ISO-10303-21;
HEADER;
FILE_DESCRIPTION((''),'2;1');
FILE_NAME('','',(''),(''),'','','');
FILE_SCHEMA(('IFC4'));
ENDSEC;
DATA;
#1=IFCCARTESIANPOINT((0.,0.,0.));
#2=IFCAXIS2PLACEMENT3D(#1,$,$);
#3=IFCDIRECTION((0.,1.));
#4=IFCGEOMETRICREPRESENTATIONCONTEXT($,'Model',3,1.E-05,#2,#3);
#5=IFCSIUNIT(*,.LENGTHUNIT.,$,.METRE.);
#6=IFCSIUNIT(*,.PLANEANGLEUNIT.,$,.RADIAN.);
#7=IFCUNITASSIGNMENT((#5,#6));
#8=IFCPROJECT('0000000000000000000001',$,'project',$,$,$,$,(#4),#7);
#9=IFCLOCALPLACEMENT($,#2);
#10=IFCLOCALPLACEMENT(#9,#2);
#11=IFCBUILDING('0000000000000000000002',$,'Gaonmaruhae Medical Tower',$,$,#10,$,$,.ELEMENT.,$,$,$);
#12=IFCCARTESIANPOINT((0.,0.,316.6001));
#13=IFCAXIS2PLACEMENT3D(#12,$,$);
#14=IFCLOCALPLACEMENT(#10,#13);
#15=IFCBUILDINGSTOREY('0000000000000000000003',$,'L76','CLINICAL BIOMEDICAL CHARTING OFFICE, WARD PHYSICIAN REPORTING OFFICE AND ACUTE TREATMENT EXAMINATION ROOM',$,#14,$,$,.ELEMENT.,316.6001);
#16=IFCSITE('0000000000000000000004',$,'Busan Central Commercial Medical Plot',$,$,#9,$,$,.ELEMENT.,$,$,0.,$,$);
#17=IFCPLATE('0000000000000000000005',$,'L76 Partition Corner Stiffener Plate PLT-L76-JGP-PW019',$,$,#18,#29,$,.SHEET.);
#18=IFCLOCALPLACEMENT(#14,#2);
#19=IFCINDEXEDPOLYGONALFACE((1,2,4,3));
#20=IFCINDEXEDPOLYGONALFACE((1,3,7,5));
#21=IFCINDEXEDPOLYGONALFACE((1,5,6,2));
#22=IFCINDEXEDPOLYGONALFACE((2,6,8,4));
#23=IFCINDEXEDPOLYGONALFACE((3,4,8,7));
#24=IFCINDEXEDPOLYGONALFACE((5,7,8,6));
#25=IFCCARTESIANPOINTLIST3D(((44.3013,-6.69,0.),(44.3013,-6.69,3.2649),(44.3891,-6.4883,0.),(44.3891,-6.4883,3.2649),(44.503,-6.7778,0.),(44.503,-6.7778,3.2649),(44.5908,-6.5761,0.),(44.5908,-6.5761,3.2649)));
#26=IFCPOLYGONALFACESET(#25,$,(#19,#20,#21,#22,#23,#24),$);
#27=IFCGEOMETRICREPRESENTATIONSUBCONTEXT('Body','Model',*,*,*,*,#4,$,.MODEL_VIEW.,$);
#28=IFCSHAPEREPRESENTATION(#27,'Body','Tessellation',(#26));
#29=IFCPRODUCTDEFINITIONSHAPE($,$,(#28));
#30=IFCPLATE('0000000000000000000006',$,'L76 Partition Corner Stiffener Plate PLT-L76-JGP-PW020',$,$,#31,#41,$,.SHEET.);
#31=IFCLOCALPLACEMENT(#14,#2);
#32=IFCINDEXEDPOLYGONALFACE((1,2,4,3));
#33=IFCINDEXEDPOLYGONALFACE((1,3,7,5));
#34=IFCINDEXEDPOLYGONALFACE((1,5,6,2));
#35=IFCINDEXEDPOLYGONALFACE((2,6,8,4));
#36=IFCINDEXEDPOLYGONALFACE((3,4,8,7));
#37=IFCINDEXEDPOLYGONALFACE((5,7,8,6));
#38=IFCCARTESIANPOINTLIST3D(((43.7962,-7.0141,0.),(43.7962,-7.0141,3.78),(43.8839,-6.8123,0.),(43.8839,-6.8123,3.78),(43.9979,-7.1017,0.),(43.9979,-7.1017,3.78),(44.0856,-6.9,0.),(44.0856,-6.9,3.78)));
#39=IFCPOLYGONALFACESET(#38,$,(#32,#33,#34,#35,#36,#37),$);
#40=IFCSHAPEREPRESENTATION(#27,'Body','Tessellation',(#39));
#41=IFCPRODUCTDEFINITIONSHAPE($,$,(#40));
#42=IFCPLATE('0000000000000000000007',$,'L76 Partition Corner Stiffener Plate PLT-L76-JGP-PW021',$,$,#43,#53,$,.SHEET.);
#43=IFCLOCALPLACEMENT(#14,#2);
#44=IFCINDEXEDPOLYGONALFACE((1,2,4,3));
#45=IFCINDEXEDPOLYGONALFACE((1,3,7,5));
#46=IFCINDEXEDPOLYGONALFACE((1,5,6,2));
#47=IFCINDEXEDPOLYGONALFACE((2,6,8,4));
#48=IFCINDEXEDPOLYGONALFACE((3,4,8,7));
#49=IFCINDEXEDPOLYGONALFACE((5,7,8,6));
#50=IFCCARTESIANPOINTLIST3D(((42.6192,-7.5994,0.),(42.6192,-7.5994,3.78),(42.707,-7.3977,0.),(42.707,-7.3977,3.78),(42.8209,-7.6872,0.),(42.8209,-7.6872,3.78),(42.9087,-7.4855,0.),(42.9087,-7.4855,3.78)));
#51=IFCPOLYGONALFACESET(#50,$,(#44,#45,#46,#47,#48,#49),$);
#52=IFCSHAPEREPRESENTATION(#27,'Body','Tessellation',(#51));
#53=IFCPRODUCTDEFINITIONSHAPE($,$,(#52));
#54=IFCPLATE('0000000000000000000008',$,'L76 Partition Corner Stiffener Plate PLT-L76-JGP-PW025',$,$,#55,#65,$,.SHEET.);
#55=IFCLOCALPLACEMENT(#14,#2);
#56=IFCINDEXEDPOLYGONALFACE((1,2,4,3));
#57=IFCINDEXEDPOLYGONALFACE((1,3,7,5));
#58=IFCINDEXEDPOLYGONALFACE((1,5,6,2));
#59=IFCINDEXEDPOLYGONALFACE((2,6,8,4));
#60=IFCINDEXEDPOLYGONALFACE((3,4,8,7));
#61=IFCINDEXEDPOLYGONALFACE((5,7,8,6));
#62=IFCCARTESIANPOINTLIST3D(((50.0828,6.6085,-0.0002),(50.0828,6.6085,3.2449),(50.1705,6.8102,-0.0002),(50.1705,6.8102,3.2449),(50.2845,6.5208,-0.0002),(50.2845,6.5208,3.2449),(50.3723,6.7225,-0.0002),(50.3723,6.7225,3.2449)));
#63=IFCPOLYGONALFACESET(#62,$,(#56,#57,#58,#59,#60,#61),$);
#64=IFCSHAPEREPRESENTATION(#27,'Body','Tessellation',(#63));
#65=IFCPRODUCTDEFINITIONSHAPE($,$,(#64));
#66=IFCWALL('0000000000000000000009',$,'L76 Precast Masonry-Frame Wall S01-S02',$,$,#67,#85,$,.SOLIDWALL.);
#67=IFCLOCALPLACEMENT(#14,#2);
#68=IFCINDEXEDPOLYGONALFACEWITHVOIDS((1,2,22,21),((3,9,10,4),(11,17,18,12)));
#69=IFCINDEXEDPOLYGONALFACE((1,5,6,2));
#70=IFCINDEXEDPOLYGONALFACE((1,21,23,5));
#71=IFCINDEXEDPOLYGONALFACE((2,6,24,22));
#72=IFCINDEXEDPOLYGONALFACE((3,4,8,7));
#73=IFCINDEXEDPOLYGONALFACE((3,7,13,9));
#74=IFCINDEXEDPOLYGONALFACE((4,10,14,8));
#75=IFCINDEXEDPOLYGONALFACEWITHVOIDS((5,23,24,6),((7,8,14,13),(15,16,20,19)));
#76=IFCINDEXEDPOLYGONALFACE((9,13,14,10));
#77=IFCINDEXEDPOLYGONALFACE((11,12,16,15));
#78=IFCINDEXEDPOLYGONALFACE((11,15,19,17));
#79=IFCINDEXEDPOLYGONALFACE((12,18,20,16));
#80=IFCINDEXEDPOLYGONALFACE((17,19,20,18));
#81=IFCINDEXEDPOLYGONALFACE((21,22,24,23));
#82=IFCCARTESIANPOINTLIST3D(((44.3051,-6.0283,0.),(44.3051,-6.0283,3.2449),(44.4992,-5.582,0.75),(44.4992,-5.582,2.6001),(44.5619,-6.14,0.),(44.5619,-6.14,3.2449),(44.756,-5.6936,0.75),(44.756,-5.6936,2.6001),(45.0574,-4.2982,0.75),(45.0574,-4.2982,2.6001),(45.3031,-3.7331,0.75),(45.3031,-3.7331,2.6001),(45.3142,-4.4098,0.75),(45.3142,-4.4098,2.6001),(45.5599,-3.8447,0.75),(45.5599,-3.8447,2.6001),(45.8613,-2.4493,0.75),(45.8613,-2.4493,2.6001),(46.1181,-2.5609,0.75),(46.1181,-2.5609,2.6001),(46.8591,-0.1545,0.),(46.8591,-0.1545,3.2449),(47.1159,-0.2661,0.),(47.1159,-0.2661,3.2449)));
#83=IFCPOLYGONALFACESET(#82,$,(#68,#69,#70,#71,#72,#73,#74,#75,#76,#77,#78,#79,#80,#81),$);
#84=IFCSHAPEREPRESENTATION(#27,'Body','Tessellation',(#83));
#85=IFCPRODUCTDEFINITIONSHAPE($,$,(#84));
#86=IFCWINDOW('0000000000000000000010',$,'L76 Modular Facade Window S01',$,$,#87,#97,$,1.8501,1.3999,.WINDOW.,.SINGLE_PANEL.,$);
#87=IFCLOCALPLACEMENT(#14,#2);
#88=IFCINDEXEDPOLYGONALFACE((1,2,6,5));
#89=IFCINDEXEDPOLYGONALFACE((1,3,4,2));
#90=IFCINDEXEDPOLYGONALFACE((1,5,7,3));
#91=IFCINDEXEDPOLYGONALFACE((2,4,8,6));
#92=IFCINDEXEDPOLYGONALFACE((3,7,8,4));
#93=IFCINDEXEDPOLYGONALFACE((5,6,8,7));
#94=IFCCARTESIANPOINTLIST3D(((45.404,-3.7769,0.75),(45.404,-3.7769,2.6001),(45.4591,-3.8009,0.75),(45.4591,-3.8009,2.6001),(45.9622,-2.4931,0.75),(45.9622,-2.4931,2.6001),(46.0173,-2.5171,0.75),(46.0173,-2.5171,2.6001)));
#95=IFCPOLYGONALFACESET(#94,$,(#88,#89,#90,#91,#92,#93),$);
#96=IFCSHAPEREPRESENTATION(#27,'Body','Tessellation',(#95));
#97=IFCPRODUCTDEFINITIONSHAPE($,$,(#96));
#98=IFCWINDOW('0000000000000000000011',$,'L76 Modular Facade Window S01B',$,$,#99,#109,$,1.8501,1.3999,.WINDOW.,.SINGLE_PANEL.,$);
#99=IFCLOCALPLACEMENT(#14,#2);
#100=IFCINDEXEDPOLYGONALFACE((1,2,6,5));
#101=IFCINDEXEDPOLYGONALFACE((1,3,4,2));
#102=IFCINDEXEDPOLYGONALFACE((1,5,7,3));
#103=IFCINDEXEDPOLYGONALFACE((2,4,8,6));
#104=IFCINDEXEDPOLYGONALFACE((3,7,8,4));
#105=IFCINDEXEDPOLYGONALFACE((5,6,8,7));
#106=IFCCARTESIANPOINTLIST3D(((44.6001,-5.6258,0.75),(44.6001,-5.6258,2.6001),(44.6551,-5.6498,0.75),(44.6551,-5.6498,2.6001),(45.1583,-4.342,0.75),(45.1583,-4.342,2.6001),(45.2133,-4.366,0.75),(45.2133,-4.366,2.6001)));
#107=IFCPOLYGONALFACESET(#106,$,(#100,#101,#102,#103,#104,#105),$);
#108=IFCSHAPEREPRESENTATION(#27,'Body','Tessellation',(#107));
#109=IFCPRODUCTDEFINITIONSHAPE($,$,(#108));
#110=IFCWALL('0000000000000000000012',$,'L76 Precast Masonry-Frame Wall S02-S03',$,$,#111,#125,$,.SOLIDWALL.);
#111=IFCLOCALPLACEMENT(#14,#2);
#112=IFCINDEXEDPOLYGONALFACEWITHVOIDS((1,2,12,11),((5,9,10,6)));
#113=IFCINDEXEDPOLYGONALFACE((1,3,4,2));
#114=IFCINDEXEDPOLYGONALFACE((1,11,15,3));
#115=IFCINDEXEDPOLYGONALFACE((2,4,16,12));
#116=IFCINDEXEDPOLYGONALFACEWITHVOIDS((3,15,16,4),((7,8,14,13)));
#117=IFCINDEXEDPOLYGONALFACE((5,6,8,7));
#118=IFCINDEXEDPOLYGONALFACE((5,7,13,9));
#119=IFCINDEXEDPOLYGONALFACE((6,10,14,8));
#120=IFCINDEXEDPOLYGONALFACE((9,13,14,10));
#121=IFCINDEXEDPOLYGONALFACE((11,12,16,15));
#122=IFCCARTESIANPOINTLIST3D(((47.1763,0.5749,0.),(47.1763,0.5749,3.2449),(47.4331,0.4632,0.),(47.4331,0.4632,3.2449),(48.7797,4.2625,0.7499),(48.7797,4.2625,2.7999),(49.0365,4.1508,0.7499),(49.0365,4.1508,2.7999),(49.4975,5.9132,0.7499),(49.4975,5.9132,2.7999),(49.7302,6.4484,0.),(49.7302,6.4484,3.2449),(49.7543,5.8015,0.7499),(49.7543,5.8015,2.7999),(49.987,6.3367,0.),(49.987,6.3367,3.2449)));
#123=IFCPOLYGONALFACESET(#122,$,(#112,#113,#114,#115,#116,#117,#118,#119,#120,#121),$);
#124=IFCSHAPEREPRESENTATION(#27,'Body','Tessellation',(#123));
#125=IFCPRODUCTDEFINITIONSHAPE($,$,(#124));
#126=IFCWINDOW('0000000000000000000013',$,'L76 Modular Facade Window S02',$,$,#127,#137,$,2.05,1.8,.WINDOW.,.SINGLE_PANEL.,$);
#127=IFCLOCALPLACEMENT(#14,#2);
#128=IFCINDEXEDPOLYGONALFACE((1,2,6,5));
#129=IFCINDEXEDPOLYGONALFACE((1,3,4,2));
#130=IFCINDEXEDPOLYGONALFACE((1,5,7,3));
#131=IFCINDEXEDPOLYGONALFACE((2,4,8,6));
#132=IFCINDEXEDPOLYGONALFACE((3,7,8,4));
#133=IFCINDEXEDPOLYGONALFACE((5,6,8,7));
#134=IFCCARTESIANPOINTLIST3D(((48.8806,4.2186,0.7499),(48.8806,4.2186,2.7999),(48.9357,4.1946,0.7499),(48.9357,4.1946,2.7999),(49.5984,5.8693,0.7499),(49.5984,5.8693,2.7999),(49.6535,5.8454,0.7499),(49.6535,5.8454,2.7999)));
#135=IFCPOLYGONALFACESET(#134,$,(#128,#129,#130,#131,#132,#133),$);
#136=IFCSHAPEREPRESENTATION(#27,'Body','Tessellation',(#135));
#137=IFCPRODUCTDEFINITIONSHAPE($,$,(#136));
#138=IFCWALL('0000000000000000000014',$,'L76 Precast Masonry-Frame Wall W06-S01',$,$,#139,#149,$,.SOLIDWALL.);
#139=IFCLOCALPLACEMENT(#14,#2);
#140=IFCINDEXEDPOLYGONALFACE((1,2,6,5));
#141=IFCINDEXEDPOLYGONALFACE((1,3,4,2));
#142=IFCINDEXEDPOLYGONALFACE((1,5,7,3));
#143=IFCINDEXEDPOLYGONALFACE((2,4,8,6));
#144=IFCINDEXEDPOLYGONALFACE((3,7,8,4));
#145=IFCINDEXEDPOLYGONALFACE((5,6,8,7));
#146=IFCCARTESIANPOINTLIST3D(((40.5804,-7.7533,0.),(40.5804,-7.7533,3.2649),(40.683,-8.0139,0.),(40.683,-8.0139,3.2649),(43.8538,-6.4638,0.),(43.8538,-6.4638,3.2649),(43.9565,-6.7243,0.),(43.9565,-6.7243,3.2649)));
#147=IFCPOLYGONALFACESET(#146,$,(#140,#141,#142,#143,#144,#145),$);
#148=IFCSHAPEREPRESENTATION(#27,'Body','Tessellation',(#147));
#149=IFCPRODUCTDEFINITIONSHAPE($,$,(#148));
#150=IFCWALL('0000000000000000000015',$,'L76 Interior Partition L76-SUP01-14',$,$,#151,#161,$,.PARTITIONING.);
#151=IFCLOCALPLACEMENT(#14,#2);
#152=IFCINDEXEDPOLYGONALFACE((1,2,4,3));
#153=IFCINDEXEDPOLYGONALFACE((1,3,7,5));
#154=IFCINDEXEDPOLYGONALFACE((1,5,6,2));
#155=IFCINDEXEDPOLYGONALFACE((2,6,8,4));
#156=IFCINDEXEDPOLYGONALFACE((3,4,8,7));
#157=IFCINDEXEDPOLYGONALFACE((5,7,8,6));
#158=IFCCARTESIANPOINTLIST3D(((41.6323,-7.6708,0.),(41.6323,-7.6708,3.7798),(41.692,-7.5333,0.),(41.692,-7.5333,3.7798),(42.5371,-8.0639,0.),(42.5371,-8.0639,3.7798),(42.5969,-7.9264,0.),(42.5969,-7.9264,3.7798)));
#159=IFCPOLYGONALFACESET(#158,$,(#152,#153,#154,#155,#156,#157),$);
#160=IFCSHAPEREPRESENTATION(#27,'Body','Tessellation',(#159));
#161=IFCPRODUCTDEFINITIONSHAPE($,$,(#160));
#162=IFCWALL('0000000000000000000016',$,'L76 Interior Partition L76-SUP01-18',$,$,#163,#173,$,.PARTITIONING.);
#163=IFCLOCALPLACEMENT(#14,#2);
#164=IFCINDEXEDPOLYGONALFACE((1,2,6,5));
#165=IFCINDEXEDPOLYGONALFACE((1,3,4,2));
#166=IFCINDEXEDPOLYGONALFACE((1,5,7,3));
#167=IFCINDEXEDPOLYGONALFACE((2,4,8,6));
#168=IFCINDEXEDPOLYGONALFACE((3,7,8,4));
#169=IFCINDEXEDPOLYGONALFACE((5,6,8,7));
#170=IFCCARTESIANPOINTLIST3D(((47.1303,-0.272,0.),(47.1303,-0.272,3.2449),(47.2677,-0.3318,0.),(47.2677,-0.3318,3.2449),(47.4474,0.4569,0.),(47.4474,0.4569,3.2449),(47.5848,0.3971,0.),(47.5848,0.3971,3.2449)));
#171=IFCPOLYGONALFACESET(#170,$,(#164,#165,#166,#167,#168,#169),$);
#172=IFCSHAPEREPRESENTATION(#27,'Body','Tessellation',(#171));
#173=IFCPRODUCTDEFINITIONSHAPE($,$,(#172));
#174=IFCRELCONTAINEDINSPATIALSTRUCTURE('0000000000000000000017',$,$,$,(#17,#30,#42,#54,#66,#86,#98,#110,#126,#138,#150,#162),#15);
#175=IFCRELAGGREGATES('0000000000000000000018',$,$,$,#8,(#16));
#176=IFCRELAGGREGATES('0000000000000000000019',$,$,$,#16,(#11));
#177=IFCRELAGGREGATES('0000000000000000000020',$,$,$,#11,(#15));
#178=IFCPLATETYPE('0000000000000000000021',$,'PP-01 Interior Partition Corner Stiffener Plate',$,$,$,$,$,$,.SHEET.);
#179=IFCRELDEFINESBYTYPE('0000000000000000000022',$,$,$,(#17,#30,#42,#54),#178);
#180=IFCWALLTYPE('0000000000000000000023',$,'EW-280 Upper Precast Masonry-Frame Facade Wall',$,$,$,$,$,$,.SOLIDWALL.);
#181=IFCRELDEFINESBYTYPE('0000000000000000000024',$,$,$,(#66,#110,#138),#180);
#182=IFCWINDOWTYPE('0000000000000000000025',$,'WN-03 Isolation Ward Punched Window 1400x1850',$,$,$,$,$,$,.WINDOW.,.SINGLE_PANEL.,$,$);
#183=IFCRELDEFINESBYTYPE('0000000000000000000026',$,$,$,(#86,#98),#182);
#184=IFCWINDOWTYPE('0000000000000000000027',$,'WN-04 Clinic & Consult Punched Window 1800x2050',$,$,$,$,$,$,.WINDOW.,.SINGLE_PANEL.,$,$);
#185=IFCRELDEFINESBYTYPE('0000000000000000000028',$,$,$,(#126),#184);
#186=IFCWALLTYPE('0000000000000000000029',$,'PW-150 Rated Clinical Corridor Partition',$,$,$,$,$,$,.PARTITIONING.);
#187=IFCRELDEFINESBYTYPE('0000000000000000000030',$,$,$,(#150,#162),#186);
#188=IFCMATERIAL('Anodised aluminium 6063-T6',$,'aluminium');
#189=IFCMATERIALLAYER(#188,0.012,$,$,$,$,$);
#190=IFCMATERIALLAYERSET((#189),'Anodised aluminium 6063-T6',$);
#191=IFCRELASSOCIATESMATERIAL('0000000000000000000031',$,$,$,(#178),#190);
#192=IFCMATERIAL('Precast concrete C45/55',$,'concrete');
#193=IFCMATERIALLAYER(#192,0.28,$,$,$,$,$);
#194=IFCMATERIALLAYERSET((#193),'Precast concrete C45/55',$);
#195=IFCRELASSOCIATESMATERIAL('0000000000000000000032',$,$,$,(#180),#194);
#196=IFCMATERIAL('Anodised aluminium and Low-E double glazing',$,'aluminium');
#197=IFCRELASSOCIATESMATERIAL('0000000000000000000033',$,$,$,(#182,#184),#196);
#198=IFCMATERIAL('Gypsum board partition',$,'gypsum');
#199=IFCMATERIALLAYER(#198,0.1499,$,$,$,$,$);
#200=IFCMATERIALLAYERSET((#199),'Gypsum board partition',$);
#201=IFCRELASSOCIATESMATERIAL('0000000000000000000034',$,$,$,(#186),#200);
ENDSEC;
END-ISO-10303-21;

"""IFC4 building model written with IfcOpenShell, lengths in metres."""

from ifc_helpers import new_model, si_unit, direction, frame, frame_2d, origin, origin_2d, place, context, subcontext, project, spatial, rectangle, extrude, material, layer, layer_set, type_object, element, fill, save


model = new_model("IFC4")

# Units and contexts
model_context = context("Model", 3, precision=1e-05, world=origin(), true_north=direction((0.0, 1.0)))
body_context = subcontext(model_context, "Body", "Model", "MODEL_VIEW")
ifc_project = project(units=[si_unit("LENGTHUNIT", "METRE"), si_unit("PLANEANGLEUNIT", "RADIAN")], contexts=[model_context])

# Site, building, storey
site_placement = place(None, origin())
site = spatial("IfcSite", under=ifc_project, at=site_placement, Name="Busan Central Commercial Medical Plot", CompositionType="ELEMENT", RefElevation=0.0)
building_placement = place(site_placement, origin())
building = spatial("IfcBuilding", under=site, at=building_placement, Name="Gaonmaruhae Medical Tower", CompositionType="ELEMENT")
storey_placement = place(building_placement, frame((0.0, 0.0, 316.6001)))
storey = spatial("IfcBuildingStorey", under=building, at=storey_placement, Name="L76", Description="CLINICAL BIOMEDICAL CHARTING OFFICE, WARD PHYSICIAN REPORTING OFFICE AND ACUTE TREATMENT EXAMINATION ROOM", CompositionType="ELEMENT", Elevation=316.6001)

# Plates
ifc_material_1 = material(Name="Anodised aluminium 6063-T6", Category="aluminium")
ifc_layer_1 = layer(ifc_material_1, 0.012)
ifc_layer_set_1 = layer_set([ifc_layer_1], Name="Anodised aluminium 6063-T6")
plate_type = type_object("IfcPlateType", Name="PP-01 Interior Partition Corner Stiffener Plate", PredefinedType="SHEET", material=ifc_layer_set_1)
plate_1_placement = place(storey_placement, frame((44.446, -6.6331, 0.0), z_axis=(0.0, 0.0, 1.0), x_axis=(-0.399245, -0.916844, 0.0)))
element("IfcPlate", 1, at=plate_1_placement, inside=storey, type_object=plate_type, Name="L76 Partition Corner Stiffener Plate PLT-L76-JGP-PW019", PredefinedType="SHEET", context=body_context, shape_type="SweptSolid", body=[
    extrude(rectangle(XDim=0.22, YDim=0.22, at=origin_2d()), origin(), (0.0, 0.0, 1.0), 3.2649),
])
for number, where, z_axis, x_axis, name in (
    (2, (43.9409, -6.957, 0.0), (0.0, 0.0, 1.0), (-0.917116, 0.398621, 0.0), "L76 Partition Corner Stiffener Plate PLT-L76-JGP-PW020"),
    (3, (42.7639, -7.5425, 0.0), (0.0, 0.0, 1.0), (-0.399165, -0.916879, 0.0), "L76 Partition Corner Stiffener Plate PLT-L76-JGP-PW021"),
):
    element("IfcPlate", number, at=place(storey_placement, frame(where, z_axis=z_axis, x_axis=x_axis)), inside=storey, type_object=plate_type, Name=name, PredefinedType="SHEET", context=body_context, shape_type="SweptSolid", body=[
        extrude(rectangle(XDim=0.22, YDim=0.22, at=origin_2d()), origin(), (0.0, 0.0, 1.0), 3.78),
    ])
plate_2_placement = place(storey_placement, frame((50.2275, 6.6655, -0.0002), z_axis=(0.0, 0.0, 1.0), x_axis=(-0.398765, -0.917053, 0.0)))
element("IfcPlate", 4, at=plate_2_placement, inside=storey, type_object=plate_type, Name="L76 Partition Corner Stiffener Plate PLT-L76-JGP-PW025", PredefinedType="SHEET", context=body_context, shape_type="SweptSolid", body=[
    extrude(rectangle(XDim=0.22, YDim=0.22, at=origin_2d()), origin(), (0.0, 0.0, 1.0), 3.2451),
])

# Wall, openings, windows
ifc_material_2 = material(Name="Precast concrete C45/55", Category="concrete")
ifc_layer_2 = layer(ifc_material_2, 0.28)
ifc_layer_set_2 = layer_set([ifc_layer_2], Name="Precast concrete C45/55")
wall_type_1 = type_object("IfcWallType", Name="EW-280 Upper Precast Masonry-Frame Facade Wall", PredefinedType="SOLIDWALL", material=ifc_layer_set_2)
wall_1_placement = place(storey_placement, frame((46.9875, -0.2102, 0.0), z_axis=(0.0, 0.0, 1.0), x_axis=(-0.398744, -0.917062, 0.0)))
wall_1 = element("IfcWall", 5, at=wall_1_placement, inside=storey, type_object=wall_type_1, Name="L76 Precast Masonry-Frame Wall S01-S02", PredefinedType="SOLIDWALL", context=body_context, shape_type="SweptSolid", body=[
    extrude(rectangle(XDim=6.405, YDim=0.28, at=frame_2d((3.2026, 0.0))), origin(), (0.0, 0.0, 1.0), 3.2449),
])
opening_1_placement = place(wall_1_placement, frame((2.5024, 0.0, 0.75)))
opening_1 = element("IfcOpeningElement", 6, at=opening_1_placement, cuts=wall_1, PredefinedType="OPENING", context=body_context, shape_type="SweptSolid", body=[
    extrude(rectangle(XDim=1.3999, YDim=1.8501, at=frame_2d((0.7, 0.925))), frame((0.0, 0.1499, 0.0), z_axis=(0.0, -1.0, 0.0), x_axis=(1.0, 0.0, 0.0)), (0.0, 0.0, 1.0), 0.3),
])
opening_2_placement = place(wall_1_placement, frame((4.5186, 0.0, 0.75)))
opening_2 = element("IfcOpeningElement", 7, at=opening_2_placement, cuts=wall_1, PredefinedType="OPENING", context=body_context, shape_type="SweptSolid", body=[
    extrude(rectangle(XDim=1.3999, YDim=1.8501, at=frame_2d((0.7, 0.925))), frame((0.0, 0.1499, 0.0), z_axis=(0.0, -1.0, 0.0), x_axis=(1.0, 0.0, 0.0)), (0.0, 0.0, 1.0), 0.3),
])
ifc_material_3 = material(Name="Anodised aluminium and Low-E double glazing", Category="aluminium")
window_type_1 = type_object("IfcWindowType", Name="WN-03 Isolation Ward Punched Window 1400x1850", PartitioningType="SINGLE_PANEL", PredefinedType="WINDOW", material=ifc_material_3)
window_1_placement = place(opening_1_placement, origin())
window_1 = element("IfcWindow", 8, at=window_1_placement, inside=storey, type_object=window_type_1, Name="L76 Modular Facade Window S01", OverallHeight=1.8501, OverallWidth=1.3999, PartitioningType="SINGLE_PANEL", PredefinedType="WINDOW", context=body_context, shape_type="SweptSolid", body=[
    extrude(rectangle(XDim=1.3999, YDim=1.8501, at=frame_2d((0.7, 0.925))), frame((0.0, 0.03, 0.0), z_axis=(0.0, -1.0, 0.0), x_axis=(1.0, 0.0, 0.0)), (0.0, 0.0, 1.0), 0.0601),
])
fill(opening_1, window_1)
window_2_placement = place(opening_2_placement, origin())
window_2 = element("IfcWindow", 9, at=window_2_placement, inside=storey, type_object=window_type_1, Name="L76 Modular Facade Window S01B", OverallHeight=1.8501, OverallWidth=1.3999, PartitioningType="SINGLE_PANEL", PredefinedType="WINDOW", context=body_context, shape_type="SweptSolid", body=[
    extrude(rectangle(XDim=1.3999, YDim=1.8501, at=frame_2d((0.7, 0.925))), frame((0.0, 0.03, 0.0), z_axis=(0.0, -1.0, 0.0), x_axis=(1.0, 0.0, 0.0)), (0.0, 0.0, 1.0), 0.0601),
])
fill(opening_2, window_2)

# Wall, opening, window
wall_2_placement = place(storey_placement, frame((49.8586, 6.3926, 0.0), z_axis=(0.0, 0.0, 1.0), x_axis=(-0.398758, -0.917056, 0.0)))
wall_2 = element("IfcWall", 10, at=wall_2_placement, inside=storey, type_object=wall_type_1, Name="L76 Precast Masonry-Frame Wall S02-S03", PredefinedType="SOLIDWALL", context=body_context, shape_type="SweptSolid", body=[
    extrude(rectangle(XDim=6.4048, YDim=0.28, at=frame_2d((3.2024, 0.0))), origin(), (0.0, 0.0, 1.0), 3.2449),
])
opening_3_placement = place(wall_2_placement, frame((0.5837, 0.0, 0.75)))
opening_3 = element("IfcOpeningElement", 11, at=opening_3_placement, cuts=wall_2, PredefinedType="OPENING", context=body_context, shape_type="SweptSolid", body=[
    extrude(rectangle(XDim=1.8, YDim=2.05, at=frame_2d((0.8999, 1.0249))), frame((0.0, 0.1499, 0.0), z_axis=(0.0, -1.0, 0.0), x_axis=(1.0, 0.0, 0.0)), (0.0, 0.0, 1.0), 0.3),
])
window_type_2 = type_object("IfcWindowType", Name="WN-04 Clinic & Consult Punched Window 1800x2050", PartitioningType="SINGLE_PANEL", PredefinedType="WINDOW", material=ifc_material_3)
window_3_placement = place(opening_3_placement, origin())
window_3 = element("IfcWindow", 12, at=window_3_placement, inside=storey, type_object=window_type_2, Name="L76 Modular Facade Window S02", OverallHeight=2.05, OverallWidth=1.8, PartitioningType="SINGLE_PANEL", PredefinedType="WINDOW", context=body_context, shape_type="SweptSolid", body=[
    extrude(rectangle(XDim=1.8, YDim=2.05, at=frame_2d((0.8999, 1.0249))), frame((0.0, 0.03, 0.0), z_axis=(0.0, -1.0, 0.0), x_axis=(1.0, 0.0, 0.0)), (0.0, 0.0, 1.0), 0.0601),
])
fill(opening_3, window_3)

# Walls
wall_3_placement = place(storey_placement, frame((43.9053, -6.594, 0.0), z_axis=(0.0, 0.0, 1.0), x_axis=(-0.930407, -0.366528, 0.0)))
element("IfcWall", 13, at=wall_3_placement, inside=storey, type_object=wall_type_1, Name="L76 Precast Masonry-Frame Wall W06-S01", PredefinedType="SOLIDWALL", context=body_context, shape_type="SweptSolid", body=[
    extrude(rectangle(XDim=3.5183, YDim=0.28, at=frame_2d((1.7593, 0.0))), origin(), (0.0, 0.0, 1.0), 3.2649),
])
ifc_material_4 = material(Name="Gypsum board partition", Category="gypsum")
ifc_layer_3 = layer(ifc_material_4, 0.1499)
ifc_layer_set_3 = layer_set([ifc_layer_3], Name="Gypsum board partition")
wall_type_2 = type_object("IfcWallType", Name="PW-150 Rated Clinical Corridor Partition", PredefinedType="PARTITIONING", material=ifc_layer_set_3)
wall_4_placement = place(storey_placement, frame((42.5669, -7.9951, 0.0), z_axis=(0.0, 0.0, 1.0), x_axis=(-0.917188, 0.398455, 0.0)))
element("IfcWall", 14, at=wall_4_placement, inside=storey, type_object=wall_type_2, Name="L76 Interior Partition L76-SUP01-14", PredefinedType="PARTITIONING", context=body_context, shape_type="SweptSolid", body=[
    extrude(rectangle(XDim=0.9866, YDim=0.1499, at=frame_2d((0.4932, 0.0))), origin(), (0.0, 0.0, 1.0), 3.7798),
])
wall_5_placement = place(storey_placement, frame((47.5161, 0.427, 0.0), z_axis=(0.0, 0.0, 1.0), x_axis=(-0.398917, -0.916987, 0.0)))
element("IfcWall", 15, at=wall_5_placement, inside=storey, type_object=wall_type_2, Name="L76 Interior Partition L76-SUP01-18", PredefinedType="PARTITIONING", context=body_context, shape_type="SweptSolid", body=[
    extrude(rectangle(XDim=0.7949, YDim=0.1499, at=frame_2d((0.3975, 0.0))), origin(), (0.0, 0.0, 1.0), 3.2449),
])

save(model, "model.ifc")
